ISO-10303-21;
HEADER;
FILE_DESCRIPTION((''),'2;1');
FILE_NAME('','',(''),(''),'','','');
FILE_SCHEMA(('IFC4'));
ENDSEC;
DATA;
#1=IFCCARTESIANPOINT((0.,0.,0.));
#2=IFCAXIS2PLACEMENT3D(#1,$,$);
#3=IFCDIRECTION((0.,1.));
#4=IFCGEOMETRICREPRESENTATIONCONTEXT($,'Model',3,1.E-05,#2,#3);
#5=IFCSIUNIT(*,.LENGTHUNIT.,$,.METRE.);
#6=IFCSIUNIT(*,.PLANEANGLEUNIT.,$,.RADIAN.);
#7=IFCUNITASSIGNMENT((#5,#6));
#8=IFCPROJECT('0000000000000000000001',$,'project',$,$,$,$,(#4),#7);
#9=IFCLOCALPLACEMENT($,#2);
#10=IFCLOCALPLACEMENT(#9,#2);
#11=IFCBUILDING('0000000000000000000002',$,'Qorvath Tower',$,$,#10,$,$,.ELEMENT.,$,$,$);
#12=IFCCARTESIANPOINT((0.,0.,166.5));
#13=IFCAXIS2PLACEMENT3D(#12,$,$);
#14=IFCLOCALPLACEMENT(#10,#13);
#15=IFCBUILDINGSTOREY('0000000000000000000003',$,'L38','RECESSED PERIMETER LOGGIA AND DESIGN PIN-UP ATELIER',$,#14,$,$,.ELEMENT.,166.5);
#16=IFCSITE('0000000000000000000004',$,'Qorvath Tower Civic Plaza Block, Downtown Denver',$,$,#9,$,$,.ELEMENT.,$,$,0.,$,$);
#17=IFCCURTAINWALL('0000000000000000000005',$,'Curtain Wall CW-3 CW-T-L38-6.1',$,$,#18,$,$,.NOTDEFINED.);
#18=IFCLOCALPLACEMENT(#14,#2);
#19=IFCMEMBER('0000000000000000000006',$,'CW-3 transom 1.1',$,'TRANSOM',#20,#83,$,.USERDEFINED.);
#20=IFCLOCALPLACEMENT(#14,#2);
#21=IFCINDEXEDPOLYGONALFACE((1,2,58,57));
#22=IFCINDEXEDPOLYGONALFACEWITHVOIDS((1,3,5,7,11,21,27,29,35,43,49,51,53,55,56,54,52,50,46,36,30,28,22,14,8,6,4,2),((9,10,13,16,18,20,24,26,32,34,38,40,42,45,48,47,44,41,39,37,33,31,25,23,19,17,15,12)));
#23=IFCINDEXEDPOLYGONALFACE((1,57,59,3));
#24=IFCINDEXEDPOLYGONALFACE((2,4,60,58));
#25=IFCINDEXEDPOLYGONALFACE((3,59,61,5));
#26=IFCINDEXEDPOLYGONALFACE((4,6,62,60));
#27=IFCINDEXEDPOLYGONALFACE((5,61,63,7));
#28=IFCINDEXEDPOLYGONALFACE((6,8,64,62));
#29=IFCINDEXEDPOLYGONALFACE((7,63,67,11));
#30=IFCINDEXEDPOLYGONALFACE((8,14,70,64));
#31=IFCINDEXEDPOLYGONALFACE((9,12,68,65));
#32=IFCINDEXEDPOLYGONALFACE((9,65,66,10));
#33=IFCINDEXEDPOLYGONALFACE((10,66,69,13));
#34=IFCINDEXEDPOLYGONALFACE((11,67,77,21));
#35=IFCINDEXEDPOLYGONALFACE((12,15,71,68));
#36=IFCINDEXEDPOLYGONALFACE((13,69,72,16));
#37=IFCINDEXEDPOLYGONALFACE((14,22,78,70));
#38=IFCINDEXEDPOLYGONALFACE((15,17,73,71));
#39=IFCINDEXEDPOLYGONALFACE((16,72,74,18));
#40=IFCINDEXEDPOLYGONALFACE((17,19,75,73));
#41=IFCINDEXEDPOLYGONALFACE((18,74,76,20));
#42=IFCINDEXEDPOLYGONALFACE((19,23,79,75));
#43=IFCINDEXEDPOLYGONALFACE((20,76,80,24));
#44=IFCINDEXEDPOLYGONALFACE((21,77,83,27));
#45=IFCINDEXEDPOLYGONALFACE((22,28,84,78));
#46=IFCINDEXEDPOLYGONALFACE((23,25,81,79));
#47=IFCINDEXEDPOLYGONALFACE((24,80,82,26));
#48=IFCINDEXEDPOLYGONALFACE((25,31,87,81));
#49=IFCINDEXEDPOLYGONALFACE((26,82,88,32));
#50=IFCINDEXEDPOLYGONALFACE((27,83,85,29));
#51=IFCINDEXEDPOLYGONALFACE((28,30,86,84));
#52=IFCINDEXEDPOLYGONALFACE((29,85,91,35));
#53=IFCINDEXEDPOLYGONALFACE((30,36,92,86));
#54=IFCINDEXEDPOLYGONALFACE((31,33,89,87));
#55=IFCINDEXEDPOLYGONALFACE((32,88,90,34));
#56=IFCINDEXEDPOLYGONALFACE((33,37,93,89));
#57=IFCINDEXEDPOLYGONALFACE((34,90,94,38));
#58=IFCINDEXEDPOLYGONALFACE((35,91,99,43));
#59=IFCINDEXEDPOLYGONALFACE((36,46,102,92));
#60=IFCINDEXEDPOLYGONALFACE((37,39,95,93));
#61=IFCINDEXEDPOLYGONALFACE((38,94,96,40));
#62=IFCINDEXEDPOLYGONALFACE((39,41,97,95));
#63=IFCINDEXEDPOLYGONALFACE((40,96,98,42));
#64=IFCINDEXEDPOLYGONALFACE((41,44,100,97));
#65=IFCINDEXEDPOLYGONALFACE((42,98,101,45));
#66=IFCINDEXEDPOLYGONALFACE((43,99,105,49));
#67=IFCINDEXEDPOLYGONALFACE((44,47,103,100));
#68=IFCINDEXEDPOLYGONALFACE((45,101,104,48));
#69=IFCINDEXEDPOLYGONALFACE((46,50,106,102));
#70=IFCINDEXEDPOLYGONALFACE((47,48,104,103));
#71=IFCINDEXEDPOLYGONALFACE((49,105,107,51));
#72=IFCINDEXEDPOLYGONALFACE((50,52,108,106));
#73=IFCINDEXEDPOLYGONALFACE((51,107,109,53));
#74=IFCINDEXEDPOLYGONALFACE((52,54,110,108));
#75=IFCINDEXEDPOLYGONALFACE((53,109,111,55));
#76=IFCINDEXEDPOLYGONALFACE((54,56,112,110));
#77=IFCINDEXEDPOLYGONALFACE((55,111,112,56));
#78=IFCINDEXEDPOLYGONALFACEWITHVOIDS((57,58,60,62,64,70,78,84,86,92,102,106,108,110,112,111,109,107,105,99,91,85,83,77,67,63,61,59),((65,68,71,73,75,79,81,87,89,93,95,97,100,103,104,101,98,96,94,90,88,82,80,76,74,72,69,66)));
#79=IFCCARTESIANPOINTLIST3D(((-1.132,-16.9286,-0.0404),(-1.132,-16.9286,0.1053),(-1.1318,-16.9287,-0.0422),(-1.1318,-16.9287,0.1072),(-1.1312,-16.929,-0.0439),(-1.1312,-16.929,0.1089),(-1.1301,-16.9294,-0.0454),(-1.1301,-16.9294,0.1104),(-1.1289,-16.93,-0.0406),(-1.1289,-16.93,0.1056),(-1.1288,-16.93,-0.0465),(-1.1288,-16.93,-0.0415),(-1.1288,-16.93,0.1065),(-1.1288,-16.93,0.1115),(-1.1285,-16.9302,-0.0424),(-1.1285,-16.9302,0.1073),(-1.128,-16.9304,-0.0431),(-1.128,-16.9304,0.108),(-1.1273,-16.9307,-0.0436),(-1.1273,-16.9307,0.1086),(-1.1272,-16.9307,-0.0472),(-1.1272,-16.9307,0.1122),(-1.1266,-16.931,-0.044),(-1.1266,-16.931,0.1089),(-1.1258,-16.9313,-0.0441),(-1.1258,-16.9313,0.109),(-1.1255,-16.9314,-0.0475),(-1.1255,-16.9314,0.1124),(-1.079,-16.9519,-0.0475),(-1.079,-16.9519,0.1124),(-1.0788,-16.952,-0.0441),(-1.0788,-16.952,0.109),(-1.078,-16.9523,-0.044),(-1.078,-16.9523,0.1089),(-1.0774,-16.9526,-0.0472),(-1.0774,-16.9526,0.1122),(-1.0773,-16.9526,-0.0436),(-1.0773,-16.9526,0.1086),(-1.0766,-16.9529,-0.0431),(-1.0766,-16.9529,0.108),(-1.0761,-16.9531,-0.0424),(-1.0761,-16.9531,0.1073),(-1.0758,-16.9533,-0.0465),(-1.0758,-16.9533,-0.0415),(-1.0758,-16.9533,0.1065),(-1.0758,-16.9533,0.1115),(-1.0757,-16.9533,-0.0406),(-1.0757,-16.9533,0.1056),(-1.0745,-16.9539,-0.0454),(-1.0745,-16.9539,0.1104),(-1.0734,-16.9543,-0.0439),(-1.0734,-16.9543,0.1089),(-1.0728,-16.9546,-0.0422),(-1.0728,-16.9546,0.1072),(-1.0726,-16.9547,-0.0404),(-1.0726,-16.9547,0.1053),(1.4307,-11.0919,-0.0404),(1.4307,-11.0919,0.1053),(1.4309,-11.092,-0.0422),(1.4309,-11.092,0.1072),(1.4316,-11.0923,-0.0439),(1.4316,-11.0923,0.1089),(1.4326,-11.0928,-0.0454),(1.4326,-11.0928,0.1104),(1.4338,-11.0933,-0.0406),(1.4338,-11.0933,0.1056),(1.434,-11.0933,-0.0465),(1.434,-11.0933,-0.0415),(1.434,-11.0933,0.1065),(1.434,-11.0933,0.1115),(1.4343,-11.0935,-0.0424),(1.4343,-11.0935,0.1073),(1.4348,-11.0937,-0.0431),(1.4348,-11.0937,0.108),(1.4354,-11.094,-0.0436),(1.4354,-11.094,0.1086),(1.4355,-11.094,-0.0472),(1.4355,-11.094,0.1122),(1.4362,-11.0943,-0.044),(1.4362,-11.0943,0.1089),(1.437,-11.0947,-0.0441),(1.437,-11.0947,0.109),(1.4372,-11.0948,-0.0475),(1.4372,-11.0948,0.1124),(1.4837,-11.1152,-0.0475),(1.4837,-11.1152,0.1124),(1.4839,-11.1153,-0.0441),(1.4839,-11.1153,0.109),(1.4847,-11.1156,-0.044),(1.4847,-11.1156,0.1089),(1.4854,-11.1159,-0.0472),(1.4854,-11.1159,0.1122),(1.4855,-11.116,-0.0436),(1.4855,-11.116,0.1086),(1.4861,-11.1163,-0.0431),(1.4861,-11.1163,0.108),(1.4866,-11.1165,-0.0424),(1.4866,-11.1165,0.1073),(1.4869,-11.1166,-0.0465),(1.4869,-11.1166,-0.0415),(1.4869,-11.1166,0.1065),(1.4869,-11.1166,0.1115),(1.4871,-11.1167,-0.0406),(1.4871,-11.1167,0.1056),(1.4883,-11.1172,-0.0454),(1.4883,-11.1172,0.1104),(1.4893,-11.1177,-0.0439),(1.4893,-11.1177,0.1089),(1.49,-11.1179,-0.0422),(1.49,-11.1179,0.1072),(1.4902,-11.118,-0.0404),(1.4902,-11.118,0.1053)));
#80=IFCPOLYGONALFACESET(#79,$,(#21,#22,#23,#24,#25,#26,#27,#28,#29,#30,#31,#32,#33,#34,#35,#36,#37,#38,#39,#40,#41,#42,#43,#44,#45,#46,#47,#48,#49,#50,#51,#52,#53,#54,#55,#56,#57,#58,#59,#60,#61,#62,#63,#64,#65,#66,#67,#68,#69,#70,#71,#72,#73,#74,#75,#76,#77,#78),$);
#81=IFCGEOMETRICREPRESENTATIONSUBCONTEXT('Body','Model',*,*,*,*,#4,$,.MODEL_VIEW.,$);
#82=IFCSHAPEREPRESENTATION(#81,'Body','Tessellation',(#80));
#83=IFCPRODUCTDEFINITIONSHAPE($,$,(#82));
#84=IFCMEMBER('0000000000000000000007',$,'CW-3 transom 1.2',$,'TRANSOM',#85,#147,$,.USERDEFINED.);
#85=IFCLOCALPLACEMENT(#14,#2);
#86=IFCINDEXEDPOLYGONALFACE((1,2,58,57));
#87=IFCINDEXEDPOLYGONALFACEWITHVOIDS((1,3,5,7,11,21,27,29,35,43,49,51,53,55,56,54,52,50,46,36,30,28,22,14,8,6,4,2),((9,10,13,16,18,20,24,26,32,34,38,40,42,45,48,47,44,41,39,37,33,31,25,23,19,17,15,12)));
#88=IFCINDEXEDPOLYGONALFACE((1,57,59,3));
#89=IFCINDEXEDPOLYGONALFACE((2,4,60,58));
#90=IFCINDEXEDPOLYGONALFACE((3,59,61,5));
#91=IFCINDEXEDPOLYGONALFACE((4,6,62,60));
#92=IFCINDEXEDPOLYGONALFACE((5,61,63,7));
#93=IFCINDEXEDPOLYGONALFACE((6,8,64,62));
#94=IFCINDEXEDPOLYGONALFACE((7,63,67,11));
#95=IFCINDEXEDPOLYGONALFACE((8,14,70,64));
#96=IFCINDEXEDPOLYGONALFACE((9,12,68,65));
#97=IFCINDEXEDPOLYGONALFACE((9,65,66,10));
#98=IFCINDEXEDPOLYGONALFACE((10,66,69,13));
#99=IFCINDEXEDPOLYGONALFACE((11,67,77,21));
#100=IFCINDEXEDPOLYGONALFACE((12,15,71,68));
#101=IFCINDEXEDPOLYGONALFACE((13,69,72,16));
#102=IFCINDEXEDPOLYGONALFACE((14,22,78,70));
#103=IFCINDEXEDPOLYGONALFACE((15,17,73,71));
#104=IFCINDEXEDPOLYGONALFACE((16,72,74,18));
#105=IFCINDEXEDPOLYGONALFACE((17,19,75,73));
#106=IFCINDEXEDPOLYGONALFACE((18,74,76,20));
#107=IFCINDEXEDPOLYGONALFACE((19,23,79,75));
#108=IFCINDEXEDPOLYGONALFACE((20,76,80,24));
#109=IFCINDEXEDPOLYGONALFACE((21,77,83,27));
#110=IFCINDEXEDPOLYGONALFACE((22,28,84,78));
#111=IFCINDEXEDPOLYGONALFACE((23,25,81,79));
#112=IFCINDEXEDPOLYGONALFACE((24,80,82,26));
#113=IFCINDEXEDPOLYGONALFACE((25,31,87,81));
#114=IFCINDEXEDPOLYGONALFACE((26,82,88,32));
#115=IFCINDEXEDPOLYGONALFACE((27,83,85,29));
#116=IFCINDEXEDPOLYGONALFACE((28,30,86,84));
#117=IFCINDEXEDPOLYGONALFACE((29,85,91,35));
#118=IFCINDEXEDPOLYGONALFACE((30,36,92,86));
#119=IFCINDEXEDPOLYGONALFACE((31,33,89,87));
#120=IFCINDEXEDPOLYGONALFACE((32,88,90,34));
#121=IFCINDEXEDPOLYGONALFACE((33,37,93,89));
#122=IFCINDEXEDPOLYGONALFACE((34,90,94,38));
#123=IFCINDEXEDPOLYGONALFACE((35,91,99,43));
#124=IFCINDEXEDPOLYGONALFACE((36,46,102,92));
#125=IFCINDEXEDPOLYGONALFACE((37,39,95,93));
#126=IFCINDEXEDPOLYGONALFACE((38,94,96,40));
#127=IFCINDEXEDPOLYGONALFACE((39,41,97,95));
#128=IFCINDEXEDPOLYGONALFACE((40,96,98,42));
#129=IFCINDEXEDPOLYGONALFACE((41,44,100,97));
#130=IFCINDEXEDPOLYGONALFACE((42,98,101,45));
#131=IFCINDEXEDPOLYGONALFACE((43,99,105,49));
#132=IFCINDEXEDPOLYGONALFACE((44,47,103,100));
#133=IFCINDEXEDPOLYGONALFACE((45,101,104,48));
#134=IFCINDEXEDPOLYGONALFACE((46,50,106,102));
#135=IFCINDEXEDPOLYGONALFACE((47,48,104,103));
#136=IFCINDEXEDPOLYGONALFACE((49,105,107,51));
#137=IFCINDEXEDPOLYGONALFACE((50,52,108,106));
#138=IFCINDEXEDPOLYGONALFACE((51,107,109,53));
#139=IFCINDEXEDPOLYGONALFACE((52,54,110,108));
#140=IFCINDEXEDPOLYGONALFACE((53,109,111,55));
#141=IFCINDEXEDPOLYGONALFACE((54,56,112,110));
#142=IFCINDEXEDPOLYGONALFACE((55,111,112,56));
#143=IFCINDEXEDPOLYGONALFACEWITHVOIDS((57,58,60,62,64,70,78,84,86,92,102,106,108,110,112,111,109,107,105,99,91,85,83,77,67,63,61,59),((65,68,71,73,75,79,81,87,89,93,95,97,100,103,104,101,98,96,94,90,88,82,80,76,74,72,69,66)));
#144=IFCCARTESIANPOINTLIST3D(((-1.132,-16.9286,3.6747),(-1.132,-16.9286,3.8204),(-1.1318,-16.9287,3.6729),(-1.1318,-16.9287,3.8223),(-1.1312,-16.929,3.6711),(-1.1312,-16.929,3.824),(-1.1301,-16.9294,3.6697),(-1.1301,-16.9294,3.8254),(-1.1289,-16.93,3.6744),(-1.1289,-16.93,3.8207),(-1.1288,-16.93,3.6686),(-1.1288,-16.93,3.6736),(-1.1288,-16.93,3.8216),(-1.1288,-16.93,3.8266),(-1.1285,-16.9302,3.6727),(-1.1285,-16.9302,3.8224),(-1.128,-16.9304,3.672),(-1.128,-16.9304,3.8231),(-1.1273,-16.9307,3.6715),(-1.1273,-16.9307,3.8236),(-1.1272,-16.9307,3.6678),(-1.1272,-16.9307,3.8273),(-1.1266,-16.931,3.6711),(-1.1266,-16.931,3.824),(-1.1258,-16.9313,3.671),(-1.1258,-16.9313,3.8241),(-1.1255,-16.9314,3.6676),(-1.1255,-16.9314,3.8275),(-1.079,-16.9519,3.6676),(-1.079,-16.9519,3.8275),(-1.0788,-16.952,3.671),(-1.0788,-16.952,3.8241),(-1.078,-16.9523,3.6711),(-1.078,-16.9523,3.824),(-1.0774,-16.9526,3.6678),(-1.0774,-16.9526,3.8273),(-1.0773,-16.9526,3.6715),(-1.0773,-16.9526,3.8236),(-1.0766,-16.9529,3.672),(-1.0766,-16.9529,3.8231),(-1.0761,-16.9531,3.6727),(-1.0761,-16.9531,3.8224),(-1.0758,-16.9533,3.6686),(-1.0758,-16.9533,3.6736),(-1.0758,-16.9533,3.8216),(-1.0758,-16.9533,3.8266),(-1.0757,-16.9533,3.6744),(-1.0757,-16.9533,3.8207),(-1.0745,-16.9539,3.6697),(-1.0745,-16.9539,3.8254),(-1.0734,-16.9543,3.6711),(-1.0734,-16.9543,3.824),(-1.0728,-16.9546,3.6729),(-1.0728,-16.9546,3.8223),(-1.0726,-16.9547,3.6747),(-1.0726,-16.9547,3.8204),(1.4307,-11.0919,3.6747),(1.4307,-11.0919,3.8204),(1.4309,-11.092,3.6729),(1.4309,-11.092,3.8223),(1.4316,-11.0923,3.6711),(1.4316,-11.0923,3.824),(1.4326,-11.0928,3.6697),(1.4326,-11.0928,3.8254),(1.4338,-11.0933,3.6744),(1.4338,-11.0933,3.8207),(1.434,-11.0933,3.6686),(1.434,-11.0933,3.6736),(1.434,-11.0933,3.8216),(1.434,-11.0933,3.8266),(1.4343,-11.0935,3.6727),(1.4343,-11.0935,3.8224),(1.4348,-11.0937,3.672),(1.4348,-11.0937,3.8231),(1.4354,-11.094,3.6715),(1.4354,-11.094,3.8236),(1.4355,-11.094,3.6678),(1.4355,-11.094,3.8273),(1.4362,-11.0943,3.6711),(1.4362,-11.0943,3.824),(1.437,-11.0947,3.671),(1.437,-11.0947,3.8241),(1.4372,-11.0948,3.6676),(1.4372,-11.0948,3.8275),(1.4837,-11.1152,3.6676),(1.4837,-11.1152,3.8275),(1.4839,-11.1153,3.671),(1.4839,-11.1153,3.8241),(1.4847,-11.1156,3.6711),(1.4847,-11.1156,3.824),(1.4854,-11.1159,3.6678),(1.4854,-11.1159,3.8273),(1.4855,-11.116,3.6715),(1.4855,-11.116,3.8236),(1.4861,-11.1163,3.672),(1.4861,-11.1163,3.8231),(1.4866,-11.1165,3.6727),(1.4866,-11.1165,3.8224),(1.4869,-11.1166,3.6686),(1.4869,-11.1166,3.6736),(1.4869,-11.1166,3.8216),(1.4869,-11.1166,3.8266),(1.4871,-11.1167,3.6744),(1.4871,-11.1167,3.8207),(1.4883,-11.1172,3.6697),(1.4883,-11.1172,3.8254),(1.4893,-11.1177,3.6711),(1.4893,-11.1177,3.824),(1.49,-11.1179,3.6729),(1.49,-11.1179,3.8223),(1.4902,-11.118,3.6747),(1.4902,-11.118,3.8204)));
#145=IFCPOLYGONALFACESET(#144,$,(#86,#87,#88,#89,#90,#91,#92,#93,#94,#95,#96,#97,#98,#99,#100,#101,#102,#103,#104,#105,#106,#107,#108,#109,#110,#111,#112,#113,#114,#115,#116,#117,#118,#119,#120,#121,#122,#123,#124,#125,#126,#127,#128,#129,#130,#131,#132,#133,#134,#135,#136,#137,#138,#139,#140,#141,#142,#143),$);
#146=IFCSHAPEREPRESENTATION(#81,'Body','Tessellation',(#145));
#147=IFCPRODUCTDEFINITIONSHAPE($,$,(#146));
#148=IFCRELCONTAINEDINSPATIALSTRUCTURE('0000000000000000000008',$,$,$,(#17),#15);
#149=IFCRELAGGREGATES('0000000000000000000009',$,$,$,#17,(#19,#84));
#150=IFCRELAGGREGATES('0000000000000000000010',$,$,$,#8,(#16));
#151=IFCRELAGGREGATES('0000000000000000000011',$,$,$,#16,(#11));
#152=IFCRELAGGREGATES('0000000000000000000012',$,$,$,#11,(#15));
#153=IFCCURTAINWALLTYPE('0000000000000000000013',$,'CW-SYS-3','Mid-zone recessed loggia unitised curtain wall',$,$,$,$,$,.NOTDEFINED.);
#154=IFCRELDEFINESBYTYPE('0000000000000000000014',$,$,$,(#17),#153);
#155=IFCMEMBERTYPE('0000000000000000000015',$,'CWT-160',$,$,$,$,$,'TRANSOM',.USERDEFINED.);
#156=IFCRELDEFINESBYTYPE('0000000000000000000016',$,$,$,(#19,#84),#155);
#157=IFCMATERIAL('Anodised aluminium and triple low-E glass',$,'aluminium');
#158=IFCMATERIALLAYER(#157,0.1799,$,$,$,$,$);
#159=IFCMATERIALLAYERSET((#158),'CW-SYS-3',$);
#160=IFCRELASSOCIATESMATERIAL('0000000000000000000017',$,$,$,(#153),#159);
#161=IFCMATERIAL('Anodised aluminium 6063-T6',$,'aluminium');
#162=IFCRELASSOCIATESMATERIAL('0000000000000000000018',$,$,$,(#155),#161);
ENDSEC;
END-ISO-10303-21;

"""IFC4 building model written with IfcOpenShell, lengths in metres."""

from ifc_helpers import new_model, si_unit, direction, frame, origin, origin_2d, place, context, subcontext, project, spatial, hollow_rectangle, extrude, material, layer, layer_set, material_profile, profile_set, type_object, element, aggregate, save


model = new_model("IFC4")

# Units and contexts
model_context = context("Model", 3, precision=1e-05, world=origin(), true_north=direction((0.0, 1.0)))
body_context = subcontext(model_context, "Body", "Model", "MODEL_VIEW")
ifc_project = project(units=[si_unit("LENGTHUNIT", "METRE"), si_unit("PLANEANGLEUNIT", "RADIAN")], contexts=[model_context])

# Site, building, storey
site_placement = place(None, origin())
site = spatial("IfcSite", under=ifc_project, at=site_placement, Name="Qorvath Tower Civic Plaza Block, Downtown Denver", CompositionType="ELEMENT", RefElevation=0.0)
building_placement = place(site_placement, origin())
building = spatial("IfcBuilding", under=site, at=building_placement, Name="Qorvath Tower", CompositionType="ELEMENT")
storey_placement = place(building_placement, frame((0.0, 0.0, 166.5)))
storey = spatial("IfcBuildingStorey", under=building, at=storey_placement, Name="L38", Description="RECESSED PERIMETER LOGGIA AND DESIGN PIN-UP ATELIER", CompositionType="ELEMENT", Elevation=166.5)

# Shared definitions
ifc_material_1 = material(Name="Anodised aluminium and triple low-E glass", Category="aluminium")
ifc_layer_1 = layer(ifc_material_1, 0.1799)
ifc_layer_set_1 = layer_set([ifc_layer_1], Name="CW-SYS-3")
curtain_wall_type = type_object("IfcCurtainWallType", Name="CW-SYS-3", Description="Mid-zone recessed loggia unitised curtain wall", PredefinedType="NOTDEFINED", material=ifc_layer_set_1)

# Curtain wall
curtain_wall_1_placement = place(storey_placement, origin())
curtain_wall_1 = element("IfcCurtainWall", 1, at=curtain_wall_1_placement, inside=storey, type_object=curtain_wall_type, Name="Curtain Wall CW-3 CW-T-L38-6.1", PredefinedType="NOTDEFINED")

# Members
ifc_material_2 = material(Name="Anodised aluminium 6063-T6", Category="aluminium")
ifc_material_profile_1 = material_profile(ifc_material_2, hollow_rectangle(XDim=0.0649, YDim=0.1599, WallThickness=0.0034, InnerFilletRadius=0.0034, OuterFilletRadius=0.0071, at=origin_2d()), Name="CWT 160x65")
ifc_profile_set_1 = profile_set([ifc_material_profile_1], Name="Anodised aluminium 6063-T6")
member_type_1 = type_object("IfcMemberType", Name="CWT-160", ElementType="TRANSOM", PredefinedType="USERDEFINED", material=ifc_profile_set_1)
member_1_placement = place(storey_placement, frame((-1.1023, -16.9417, 0.0325), z_axis=(0.40203, 0.915626, 0.0), x_axis=(-0.915626, 0.40203, 0.0)))
member_1 = element("IfcMember", 2, at=member_1_placement, type_object=member_type_1, Name="CW-3 transom 1.1", ObjectType="TRANSOM", PredefinedType="USERDEFINED", context=body_context, shape_type="SweptSolid", body=[
    extrude(hollow_rectangle(XDim=0.0649, YDim=0.1599, WallThickness=0.0034, InnerFilletRadius=0.0034, OuterFilletRadius=0.0071, at=origin_2d()), origin(), (0.0, 0.0, 1.0), 6.3745),
])
member_2_placement = place(storey_placement, frame((-1.1023, -16.9417, 3.7476), z_axis=(0.40203, 0.915626, 0.0), x_axis=(-0.915626, 0.40203, 0.0)))
member_2 = element("IfcMember", 3, at=member_2_placement, type_object=member_type_1, Name="CW-3 transom 1.2", ObjectType="TRANSOM", PredefinedType="USERDEFINED", context=body_context, shape_type="SweptSolid", body=[
    extrude(hollow_rectangle(XDim=0.0649, YDim=0.1599, WallThickness=0.0034, InnerFilletRadius=0.0034, OuterFilletRadius=0.0071, at=origin_2d()), origin(), (0.0, 0.0, 1.0), 6.3745),
])

aggregate(curtain_wall_1, [member_1, member_2])

save(model, "model.ifc")
